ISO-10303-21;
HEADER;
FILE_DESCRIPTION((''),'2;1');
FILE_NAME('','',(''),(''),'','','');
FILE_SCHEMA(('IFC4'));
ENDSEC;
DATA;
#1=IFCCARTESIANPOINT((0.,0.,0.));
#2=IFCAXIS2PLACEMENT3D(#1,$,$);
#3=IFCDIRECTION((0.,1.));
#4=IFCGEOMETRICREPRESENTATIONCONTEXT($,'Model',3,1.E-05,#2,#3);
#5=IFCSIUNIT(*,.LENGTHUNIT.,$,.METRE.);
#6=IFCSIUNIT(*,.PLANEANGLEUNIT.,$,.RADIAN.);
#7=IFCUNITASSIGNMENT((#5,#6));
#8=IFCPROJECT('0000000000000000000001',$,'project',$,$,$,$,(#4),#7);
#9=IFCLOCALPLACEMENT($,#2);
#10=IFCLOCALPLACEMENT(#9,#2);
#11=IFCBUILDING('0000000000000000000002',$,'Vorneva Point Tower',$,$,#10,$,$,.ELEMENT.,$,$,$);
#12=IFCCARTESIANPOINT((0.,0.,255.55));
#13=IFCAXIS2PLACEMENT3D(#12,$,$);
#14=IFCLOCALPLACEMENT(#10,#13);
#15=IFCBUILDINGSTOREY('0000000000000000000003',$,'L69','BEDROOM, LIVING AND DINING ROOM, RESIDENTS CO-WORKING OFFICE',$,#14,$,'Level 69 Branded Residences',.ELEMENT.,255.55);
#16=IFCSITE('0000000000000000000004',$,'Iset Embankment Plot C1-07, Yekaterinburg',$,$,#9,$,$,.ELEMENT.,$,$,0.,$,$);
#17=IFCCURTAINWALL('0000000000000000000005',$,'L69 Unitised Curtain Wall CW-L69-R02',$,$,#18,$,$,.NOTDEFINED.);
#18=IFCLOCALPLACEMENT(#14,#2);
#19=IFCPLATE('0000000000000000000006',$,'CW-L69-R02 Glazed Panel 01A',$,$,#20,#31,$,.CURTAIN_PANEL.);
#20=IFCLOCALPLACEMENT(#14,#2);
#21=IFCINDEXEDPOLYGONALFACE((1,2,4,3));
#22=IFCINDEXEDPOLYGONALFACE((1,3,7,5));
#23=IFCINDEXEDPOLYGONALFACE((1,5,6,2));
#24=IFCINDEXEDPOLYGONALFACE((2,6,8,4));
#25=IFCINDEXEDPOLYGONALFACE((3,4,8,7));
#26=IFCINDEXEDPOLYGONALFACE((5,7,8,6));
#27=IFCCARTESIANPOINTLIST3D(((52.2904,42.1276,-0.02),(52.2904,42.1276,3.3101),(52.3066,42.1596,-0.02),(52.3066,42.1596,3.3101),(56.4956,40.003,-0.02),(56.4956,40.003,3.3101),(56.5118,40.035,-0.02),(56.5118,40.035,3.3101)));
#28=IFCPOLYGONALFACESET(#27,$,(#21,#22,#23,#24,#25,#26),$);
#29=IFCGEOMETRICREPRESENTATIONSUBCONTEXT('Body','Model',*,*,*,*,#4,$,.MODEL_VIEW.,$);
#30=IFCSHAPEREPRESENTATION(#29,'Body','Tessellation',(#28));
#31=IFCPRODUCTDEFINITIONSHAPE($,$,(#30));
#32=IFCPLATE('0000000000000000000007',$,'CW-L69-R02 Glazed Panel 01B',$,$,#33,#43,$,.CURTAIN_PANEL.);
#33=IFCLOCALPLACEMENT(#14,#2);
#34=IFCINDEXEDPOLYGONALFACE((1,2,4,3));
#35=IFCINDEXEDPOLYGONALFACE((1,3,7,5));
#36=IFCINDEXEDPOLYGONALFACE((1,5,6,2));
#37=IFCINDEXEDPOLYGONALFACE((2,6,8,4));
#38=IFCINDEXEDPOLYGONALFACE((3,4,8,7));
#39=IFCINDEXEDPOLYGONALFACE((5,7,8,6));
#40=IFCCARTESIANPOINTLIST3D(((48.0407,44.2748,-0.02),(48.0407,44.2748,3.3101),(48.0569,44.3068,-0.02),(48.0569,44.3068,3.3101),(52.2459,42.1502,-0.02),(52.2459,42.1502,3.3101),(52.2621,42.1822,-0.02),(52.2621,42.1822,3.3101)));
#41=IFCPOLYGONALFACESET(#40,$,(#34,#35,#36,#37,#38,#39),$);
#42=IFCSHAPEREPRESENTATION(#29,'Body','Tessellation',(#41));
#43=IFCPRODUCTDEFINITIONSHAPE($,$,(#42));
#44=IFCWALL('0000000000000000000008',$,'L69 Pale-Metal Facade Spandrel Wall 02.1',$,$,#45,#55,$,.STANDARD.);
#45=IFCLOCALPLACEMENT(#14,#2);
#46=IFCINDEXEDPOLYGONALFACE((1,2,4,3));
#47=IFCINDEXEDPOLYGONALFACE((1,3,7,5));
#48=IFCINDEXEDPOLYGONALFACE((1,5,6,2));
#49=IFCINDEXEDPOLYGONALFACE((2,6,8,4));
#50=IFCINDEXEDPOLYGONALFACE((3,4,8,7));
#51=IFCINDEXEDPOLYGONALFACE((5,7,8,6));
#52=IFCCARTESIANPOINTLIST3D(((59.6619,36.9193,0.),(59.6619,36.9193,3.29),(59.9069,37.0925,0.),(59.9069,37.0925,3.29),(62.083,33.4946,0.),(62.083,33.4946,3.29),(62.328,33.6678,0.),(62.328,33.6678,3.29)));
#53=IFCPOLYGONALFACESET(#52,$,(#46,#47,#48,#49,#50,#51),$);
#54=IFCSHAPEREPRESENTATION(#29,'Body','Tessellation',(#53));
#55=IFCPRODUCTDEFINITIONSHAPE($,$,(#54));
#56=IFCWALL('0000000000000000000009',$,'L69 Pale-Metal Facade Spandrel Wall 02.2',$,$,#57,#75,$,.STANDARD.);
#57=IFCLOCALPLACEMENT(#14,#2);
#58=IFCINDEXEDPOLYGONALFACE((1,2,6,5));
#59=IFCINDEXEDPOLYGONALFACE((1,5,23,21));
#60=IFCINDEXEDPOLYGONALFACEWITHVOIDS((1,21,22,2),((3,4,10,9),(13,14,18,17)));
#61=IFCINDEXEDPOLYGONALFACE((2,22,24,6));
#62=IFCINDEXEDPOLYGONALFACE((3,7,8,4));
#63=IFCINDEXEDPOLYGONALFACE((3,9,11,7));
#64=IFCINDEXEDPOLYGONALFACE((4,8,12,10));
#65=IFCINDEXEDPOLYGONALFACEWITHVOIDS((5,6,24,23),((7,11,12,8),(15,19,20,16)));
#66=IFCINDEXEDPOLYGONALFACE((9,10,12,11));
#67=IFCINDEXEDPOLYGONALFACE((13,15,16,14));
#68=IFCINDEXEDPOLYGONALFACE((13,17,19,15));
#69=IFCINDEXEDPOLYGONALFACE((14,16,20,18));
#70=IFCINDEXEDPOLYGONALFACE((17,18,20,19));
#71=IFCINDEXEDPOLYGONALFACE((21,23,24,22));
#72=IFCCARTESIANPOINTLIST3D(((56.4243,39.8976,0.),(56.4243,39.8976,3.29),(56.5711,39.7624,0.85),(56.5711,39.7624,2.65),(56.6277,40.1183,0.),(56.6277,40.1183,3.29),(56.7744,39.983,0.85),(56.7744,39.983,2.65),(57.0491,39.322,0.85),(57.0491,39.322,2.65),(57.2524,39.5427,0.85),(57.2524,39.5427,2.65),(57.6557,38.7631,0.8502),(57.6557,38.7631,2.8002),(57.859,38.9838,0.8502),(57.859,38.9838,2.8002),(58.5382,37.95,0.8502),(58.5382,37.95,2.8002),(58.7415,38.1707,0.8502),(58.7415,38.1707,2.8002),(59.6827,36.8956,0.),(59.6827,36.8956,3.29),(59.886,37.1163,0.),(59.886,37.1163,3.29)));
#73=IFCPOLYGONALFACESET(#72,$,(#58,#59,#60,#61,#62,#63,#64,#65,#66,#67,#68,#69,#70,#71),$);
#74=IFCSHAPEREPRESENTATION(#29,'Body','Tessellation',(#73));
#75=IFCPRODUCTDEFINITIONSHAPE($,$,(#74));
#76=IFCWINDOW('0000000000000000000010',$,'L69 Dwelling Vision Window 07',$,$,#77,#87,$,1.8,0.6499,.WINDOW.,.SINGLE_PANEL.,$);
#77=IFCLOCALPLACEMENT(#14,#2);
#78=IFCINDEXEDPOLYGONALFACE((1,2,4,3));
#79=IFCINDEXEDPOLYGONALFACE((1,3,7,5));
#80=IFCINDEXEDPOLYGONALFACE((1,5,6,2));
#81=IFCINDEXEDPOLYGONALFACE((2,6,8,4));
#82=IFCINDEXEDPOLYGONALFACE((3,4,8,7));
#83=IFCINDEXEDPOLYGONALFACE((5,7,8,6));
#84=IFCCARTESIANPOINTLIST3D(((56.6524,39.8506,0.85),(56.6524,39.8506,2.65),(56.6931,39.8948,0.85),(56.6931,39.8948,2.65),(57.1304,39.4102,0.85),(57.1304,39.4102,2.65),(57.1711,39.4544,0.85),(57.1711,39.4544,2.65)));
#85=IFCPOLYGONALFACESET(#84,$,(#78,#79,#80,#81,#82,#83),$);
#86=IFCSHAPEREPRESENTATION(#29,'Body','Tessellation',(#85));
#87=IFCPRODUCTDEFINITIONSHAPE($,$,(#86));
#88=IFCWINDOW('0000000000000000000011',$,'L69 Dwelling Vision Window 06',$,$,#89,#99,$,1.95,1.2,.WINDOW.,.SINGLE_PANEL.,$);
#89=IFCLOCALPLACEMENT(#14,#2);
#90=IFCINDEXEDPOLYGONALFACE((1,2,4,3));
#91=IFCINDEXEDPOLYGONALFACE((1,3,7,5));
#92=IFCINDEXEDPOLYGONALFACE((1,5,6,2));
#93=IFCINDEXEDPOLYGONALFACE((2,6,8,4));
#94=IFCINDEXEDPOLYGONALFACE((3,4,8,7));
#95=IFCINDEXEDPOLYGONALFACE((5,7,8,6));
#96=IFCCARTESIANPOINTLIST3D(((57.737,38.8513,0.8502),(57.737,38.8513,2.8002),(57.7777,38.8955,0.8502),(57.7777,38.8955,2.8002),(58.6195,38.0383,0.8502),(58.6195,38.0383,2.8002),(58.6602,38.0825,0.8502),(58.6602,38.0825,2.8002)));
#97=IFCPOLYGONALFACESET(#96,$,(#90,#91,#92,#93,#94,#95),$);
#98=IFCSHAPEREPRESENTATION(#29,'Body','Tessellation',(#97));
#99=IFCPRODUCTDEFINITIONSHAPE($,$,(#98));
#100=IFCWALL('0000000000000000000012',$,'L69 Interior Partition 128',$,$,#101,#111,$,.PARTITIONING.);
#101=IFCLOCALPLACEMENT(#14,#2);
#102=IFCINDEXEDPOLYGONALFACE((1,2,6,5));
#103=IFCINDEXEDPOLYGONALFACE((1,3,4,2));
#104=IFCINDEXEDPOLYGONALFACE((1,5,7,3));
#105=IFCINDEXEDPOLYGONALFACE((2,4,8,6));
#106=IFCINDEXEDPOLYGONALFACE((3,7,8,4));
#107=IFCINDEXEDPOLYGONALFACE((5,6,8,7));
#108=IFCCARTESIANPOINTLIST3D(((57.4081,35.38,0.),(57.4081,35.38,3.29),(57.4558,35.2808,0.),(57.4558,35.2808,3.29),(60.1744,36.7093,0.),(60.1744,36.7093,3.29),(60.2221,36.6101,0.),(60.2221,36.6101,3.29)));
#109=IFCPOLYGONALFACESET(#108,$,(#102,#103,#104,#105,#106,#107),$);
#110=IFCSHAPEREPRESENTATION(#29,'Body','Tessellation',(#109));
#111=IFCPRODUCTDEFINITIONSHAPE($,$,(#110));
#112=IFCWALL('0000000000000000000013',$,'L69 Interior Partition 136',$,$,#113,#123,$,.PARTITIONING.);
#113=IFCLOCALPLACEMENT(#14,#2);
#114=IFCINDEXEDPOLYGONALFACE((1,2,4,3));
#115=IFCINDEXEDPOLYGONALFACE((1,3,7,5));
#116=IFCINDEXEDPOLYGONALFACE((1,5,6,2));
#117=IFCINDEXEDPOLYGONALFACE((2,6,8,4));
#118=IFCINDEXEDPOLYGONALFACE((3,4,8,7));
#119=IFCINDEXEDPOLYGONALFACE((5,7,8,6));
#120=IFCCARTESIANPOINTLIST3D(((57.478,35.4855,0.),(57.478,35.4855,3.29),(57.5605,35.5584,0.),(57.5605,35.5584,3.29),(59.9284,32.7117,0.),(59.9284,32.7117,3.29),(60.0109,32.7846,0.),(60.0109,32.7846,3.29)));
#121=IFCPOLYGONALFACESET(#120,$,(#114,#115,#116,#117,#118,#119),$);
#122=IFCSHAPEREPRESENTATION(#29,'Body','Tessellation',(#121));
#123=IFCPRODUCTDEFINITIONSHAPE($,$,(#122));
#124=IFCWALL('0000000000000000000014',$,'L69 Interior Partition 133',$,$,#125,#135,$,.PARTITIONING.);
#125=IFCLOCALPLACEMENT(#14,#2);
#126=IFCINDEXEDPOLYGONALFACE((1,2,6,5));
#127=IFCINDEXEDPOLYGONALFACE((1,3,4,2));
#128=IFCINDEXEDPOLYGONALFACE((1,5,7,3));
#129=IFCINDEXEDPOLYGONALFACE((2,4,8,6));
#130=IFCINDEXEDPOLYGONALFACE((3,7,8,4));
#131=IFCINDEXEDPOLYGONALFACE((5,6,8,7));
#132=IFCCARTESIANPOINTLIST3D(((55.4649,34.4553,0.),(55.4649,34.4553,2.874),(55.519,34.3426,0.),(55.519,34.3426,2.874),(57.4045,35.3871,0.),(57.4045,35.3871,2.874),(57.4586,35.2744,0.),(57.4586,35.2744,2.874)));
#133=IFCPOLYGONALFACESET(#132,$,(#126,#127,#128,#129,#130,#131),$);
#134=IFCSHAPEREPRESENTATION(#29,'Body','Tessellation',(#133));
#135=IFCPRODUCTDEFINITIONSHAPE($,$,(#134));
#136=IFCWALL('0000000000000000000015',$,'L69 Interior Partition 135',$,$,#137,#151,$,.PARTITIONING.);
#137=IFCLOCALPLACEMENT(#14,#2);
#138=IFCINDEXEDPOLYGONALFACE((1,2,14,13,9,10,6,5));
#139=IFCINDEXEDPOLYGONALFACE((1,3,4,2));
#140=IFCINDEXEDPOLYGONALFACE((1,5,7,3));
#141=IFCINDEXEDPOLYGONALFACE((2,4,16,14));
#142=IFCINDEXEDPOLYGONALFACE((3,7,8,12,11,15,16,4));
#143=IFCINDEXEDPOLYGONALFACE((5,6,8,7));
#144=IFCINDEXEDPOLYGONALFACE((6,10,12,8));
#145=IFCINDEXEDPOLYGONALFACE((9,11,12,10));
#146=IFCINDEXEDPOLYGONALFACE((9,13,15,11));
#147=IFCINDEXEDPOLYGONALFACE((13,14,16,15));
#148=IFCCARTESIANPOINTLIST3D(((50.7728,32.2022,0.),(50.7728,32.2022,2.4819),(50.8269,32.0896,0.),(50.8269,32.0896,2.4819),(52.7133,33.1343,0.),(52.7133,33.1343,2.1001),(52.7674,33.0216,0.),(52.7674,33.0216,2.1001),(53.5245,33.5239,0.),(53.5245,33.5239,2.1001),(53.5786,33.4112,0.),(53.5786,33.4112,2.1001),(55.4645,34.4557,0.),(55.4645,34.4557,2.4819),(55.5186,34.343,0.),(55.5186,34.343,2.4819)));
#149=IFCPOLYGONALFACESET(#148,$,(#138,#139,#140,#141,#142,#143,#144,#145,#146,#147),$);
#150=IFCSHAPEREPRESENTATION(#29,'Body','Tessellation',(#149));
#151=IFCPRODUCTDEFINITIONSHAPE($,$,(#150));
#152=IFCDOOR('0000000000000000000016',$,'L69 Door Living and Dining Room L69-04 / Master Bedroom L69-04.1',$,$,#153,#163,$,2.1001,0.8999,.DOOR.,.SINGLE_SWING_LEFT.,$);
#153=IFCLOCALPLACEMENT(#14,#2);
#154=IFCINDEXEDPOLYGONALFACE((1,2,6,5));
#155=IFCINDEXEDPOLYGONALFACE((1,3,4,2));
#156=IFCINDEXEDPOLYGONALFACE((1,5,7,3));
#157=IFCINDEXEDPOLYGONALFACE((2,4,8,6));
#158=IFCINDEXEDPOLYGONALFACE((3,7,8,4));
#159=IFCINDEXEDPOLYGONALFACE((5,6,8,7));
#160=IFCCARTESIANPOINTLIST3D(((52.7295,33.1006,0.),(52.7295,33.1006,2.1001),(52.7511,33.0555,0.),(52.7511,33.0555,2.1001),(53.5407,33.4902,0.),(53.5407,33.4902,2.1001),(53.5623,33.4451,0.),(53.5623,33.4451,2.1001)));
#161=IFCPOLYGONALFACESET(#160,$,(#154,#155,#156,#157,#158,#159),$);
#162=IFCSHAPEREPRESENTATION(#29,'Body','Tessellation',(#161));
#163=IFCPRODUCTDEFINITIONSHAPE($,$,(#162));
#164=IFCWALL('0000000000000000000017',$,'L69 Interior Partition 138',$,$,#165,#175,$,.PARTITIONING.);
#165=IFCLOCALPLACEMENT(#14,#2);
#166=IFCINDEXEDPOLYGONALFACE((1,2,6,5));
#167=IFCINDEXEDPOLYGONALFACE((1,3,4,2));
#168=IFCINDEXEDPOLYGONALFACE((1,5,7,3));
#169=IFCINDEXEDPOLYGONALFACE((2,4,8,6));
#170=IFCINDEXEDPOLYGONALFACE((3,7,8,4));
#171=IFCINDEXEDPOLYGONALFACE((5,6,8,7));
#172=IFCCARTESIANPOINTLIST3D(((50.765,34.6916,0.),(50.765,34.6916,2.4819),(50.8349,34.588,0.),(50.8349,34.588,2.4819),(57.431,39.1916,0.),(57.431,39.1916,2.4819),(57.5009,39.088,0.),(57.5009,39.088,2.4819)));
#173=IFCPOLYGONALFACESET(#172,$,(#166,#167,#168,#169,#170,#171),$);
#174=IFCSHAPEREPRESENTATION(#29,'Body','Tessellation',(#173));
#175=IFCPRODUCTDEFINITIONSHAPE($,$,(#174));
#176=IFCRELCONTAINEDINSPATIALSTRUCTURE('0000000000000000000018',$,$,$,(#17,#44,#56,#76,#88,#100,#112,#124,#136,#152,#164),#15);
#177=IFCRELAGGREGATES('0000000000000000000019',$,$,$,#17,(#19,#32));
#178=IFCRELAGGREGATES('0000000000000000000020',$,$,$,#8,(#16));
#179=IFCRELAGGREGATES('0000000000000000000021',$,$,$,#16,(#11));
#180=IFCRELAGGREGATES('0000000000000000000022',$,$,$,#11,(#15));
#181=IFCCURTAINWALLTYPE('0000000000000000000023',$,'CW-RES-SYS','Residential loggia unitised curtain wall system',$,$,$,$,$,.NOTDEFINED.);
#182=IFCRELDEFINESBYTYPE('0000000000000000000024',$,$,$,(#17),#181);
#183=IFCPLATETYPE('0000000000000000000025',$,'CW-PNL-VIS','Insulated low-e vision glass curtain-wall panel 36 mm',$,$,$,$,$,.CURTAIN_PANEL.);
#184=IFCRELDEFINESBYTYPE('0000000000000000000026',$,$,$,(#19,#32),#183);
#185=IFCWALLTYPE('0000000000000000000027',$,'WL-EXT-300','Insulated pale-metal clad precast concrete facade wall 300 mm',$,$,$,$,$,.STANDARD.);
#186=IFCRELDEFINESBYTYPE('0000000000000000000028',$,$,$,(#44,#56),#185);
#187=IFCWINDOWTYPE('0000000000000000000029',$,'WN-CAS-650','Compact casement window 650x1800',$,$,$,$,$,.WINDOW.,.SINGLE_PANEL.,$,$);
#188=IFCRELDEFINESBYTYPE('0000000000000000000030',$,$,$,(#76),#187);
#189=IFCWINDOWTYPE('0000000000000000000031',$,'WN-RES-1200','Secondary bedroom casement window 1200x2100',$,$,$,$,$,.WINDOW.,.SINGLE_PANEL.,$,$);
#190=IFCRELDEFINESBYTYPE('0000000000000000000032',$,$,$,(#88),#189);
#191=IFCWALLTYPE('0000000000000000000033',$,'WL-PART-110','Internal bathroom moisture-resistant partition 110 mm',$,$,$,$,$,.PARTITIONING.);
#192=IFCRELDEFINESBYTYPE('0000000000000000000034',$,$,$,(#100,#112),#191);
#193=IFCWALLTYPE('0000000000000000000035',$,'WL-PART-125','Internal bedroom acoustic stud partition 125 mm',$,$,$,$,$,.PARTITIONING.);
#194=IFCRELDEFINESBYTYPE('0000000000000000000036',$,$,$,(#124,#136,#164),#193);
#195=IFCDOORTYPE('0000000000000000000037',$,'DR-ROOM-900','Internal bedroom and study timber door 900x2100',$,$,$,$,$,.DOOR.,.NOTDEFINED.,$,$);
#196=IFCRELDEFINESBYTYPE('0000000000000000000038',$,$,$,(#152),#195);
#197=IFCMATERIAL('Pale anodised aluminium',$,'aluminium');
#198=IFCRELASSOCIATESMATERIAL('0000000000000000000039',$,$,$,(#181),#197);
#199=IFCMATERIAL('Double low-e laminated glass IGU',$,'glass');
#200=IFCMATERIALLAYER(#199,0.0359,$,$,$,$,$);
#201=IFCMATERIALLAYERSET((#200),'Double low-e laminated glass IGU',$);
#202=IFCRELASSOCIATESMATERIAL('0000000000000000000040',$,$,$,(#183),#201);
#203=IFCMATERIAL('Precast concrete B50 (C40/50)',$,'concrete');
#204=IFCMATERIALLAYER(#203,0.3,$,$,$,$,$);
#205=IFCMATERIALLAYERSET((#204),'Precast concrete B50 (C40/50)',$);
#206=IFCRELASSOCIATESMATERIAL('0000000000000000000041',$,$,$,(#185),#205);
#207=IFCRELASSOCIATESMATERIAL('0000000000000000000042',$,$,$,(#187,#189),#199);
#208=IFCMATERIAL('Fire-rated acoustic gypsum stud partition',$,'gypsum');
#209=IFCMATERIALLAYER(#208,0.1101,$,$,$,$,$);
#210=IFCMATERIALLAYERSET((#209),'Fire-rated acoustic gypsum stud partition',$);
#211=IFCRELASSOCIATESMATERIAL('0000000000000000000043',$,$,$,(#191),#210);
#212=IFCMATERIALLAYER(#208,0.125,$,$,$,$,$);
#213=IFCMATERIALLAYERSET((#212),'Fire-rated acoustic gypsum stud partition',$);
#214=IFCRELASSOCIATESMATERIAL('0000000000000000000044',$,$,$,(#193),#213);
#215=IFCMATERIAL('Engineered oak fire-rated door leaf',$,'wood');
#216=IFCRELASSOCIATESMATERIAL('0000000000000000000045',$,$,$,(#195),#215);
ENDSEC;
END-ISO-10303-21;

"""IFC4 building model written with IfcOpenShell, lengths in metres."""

from ifc_helpers import new_model, si_unit, direction, frame, frame_2d, origin, origin_2d, place, context, subcontext, project, spatial, rectangle, extrude, material, layer, layer_set, type_object, element, fill, aggregate, save


model = new_model("IFC4")

# Units and contexts
model_context = context("Model", 3, precision=1e-05, world=origin(), true_north=direction((0.0, 1.0)))
body_context = subcontext(model_context, "Body", "Model", "MODEL_VIEW")
ifc_project = project(units=[si_unit("LENGTHUNIT", "METRE"), si_unit("PLANEANGLEUNIT", "RADIAN")], contexts=[model_context])

# Site, building, storey
site_placement = place(None, origin())
site = spatial("IfcSite", under=ifc_project, at=site_placement, Name="Iset Embankment Plot C1-07, Yekaterinburg", CompositionType="ELEMENT", RefElevation=0.0)
building_placement = place(site_placement, origin())
building = spatial("IfcBuilding", under=site, at=building_placement, Name="Vorneva Point Tower", CompositionType="ELEMENT")
storey_placement = place(building_placement, frame((0.0, 0.0, 255.55)))
storey = spatial("IfcBuildingStorey", under=building, at=storey_placement, Name="L69", Description="BEDROOM, LIVING AND DINING ROOM, RESIDENTS CO-WORKING OFFICE", LongName="Level 69 Branded Residences", CompositionType="ELEMENT", Elevation=255.55)

# Shared definitions
ifc_material_1 = material(Name="Pale anodised aluminium", Category="aluminium")
curtain_wall_type = type_object("IfcCurtainWallType", Name="CW-RES-SYS", Description="Residential loggia unitised curtain wall system", PredefinedType="NOTDEFINED", material=ifc_material_1)

# Curtain wall, plates
curtain_wall_1_placement = place(storey_placement, origin())
curtain_wall_1 = element("IfcCurtainWall", 1, at=curtain_wall_1_placement, inside=storey, type_object=curtain_wall_type, Name="L69 Unitised Curtain Wall CW-L69-R02", PredefinedType="NOTDEFINED")
ifc_material_2 = material(Name="Double low-e laminated glass IGU", Category="glass")
ifc_layer_1 = layer(ifc_material_2, 0.0359)
ifc_layer_set_1 = layer_set([ifc_layer_1], Name="Double low-e laminated glass IGU")
plate_type = type_object("IfcPlateType", Name="CW-PNL-VIS", Description="Insulated low-e vision glass curtain-wall panel 36 mm", PredefinedType="CURTAIN_PANEL", material=ifc_layer_set_1)
plate_1_placement = place(storey_placement, frame((54.4011, 41.0813, -0.02), z_axis=(0.0, 0.0, 1.0), x_axis=(-0.892554, 0.45094, 0.0)))
plate_1 = element("IfcPlate", 2, at=plate_1_placement, type_object=plate_type, Name="CW-L69-R02 Glazed Panel 01A", PredefinedType="CURTAIN_PANEL", context=body_context, shape_type="SweptSolid", body=[
    extrude(rectangle(XDim=4.7114, YDim=0.0359, at=origin_2d()), origin(), (0.0, 0.0, 1.0), 3.3301),
])
plate_2_placement = place(storey_placement, frame((50.1514, 43.2285, -0.02), z_axis=(0.0, 0.0, 1.0), x_axis=(-0.892554, 0.45094, 0.0)))
plate_2 = element("IfcPlate", 3, at=plate_2_placement, type_object=plate_type, Name="CW-L69-R02 Glazed Panel 01B", PredefinedType="CURTAIN_PANEL", context=body_context, shape_type="SweptSolid", body=[
    extrude(rectangle(XDim=4.7114, YDim=0.0359, at=origin_2d()), origin(), (0.0, 0.0, 1.0), 3.3301),
])
aggregate(curtain_wall_1, [plate_1, plate_2])

# Wall
ifc_material_3 = material(Name="Precast concrete B50 (C40/50)", Category="concrete")
ifc_layer_2 = layer(ifc_material_3, 0.3)
ifc_layer_set_2 = layer_set([ifc_layer_2], Name="Precast concrete B50 (C40/50)")
wall_type_1 = type_object("IfcWallType", Name="WL-EXT-300", Description="Insulated pale-metal clad precast concrete facade wall 300 mm", PredefinedType="STANDARD", material=ifc_layer_set_2)
wall_1_placement = place(storey_placement, frame((62.2056, 33.5811, 0.0), z_axis=(0.0, 0.0, 1.0), x_axis=(-0.577261, 0.81656, 0.0)))
element("IfcWall", 4, at=wall_1_placement, inside=storey, type_object=wall_type_1, Name="L69 Pale-Metal Facade Spandrel Wall 02.1", PredefinedType="STANDARD", context=body_context, shape_type="SweptSolid", body=[
    extrude(rectangle(XDim=4.1941, YDim=0.3, at=frame_2d((2.0972, 0.0))), origin(), (0.0, 0.0, 1.0), 3.29),
])

# Wall, openings, windows
wall_2_placement = place(storey_placement, frame((59.7844, 37.0059, 0.0), z_axis=(0.0, 0.0, 1.0), x_axis=(-0.735445, 0.677584, 0.0)))
wall_2 = element("IfcWall", 5, at=wall_2_placement, inside=storey, type_object=wall_type_1, Name="L69 Pale-Metal Facade Spandrel Wall 02.2", PredefinedType="STANDARD", context=body_context, shape_type="SweptSolid", body=[
    extrude(rectangle(XDim=4.4304, YDim=0.3, at=frame_2d((2.2153, 0.0))), origin(), (0.0, 0.0, 1.0), 3.29),
])
opening_1_placement = place(wall_2_placement, frame((1.5562, 0.0, 0.8501)))
opening_1 = element("IfcOpeningElement", 6, at=opening_1_placement, cuts=wall_2, PredefinedType="OPENING", context=body_context, shape_type="SweptSolid", body=[
    extrude(rectangle(XDim=1.2, YDim=1.95, at=frame_2d((0.6001, 0.9751))), frame((0.0, 0.165, 0.0), z_axis=(0.0, -1.0, 0.0), x_axis=(1.0, 0.0, 0.0)), (0.0, 0.0, 1.0), 0.3298),
])
opening_2_placement = place(wall_2_placement, frame((3.5811, 0.0, 0.8501)))
opening_2 = element("IfcOpeningElement", 7, at=opening_2_placement, cuts=wall_2, PredefinedType="OPENING", context=body_context, shape_type="SweptSolid", body=[
    extrude(rectangle(XDim=0.6499, YDim=1.8, at=frame_2d((0.325, 0.8999))), frame((0.0, 0.165, 0.0), z_axis=(0.0, -1.0, 0.0), x_axis=(1.0, 0.0, 0.0)), (0.0, 0.0, 1.0), 0.3298),
])
window_type_1 = type_object("IfcWindowType", Name="WN-CAS-650", Description="Compact casement window 650x1800", PartitioningType="SINGLE_PANEL", PredefinedType="WINDOW", material=ifc_material_2)
window_1_placement = place(opening_2_placement, origin())
window_1 = element("IfcWindow", 8, at=window_1_placement, inside=storey, type_object=window_type_1, Name="L69 Dwelling Vision Window 07", OverallHeight=1.8, OverallWidth=0.6499, PartitioningType="SINGLE_PANEL", PredefinedType="WINDOW", context=body_context, shape_type="SweptSolid", body=[
    extrude(rectangle(XDim=0.6499, YDim=1.8, at=frame_2d((0.325, 0.8999))), frame((0.0, 0.03, 0.0), z_axis=(0.0, -1.0, 0.0), x_axis=(1.0, 0.0, 0.0)), (0.0, 0.0, 1.0), 0.0601),
])
fill(opening_2, window_1)
window_type_2 = type_object("IfcWindowType", Name="WN-RES-1200", Description="Secondary bedroom casement window 1200x2100", PartitioningType="SINGLE_PANEL", PredefinedType="WINDOW", material=ifc_material_2)
window_2_placement = place(opening_1_placement, origin())
window_2 = element("IfcWindow", 9, at=window_2_placement, inside=storey, type_object=window_type_2, Name="L69 Dwelling Vision Window 06", OverallHeight=1.95, OverallWidth=1.2, PartitioningType="SINGLE_PANEL", PredefinedType="WINDOW", context=body_context, shape_type="SweptSolid", body=[
    extrude(rectangle(XDim=1.2, YDim=1.95, at=frame_2d((0.6001, 0.9751))), frame((0.0, 0.03, 0.0), z_axis=(0.0, -1.0, 0.0), x_axis=(1.0, 0.0, 0.0)), (0.0, 0.0, 1.0), 0.0601),
])
fill(opening_1, window_2)

# Walls
ifc_material_4 = material(Name="Fire-rated acoustic gypsum stud partition", Category="gypsum")
ifc_layer_3 = layer(ifc_material_4, 0.1101)
ifc_layer_set_3 = layer_set([ifc_layer_3], Name="Fire-rated acoustic gypsum stud partition")
wall_type_2 = type_object("IfcWallType", Name="WL-PART-110", Description="Internal bathroom moisture-resistant partition 110 mm", PredefinedType="PARTITIONING", material=ifc_layer_set_3)
wall_3_placement = place(storey_placement, frame((57.4319, 35.3303, 0.0), z_axis=(0.0, 0.0, 1.0), x_axis=(0.901333, 0.433127, 0.0)))
element("IfcWall", 10, at=wall_3_placement, inside=storey, type_object=wall_type_2, Name="L69 Interior Partition 128", PredefinedType="PARTITIONING", context=body_context, shape_type="SweptSolid", body=[
    extrude(rectangle(XDim=3.0691, YDim=0.1101, at=frame_2d((1.5347, 0.0))), origin(), (0.0, 0.0, 1.0), 3.29),
])
wall_4_placement = place(storey_placement, frame((57.5193, 35.522, 0.0), z_axis=(0.0, 0.0, 1.0), x_axis=(0.662056, -0.749455, 0.0)))
element("IfcWall", 11, at=wall_4_placement, inside=storey, type_object=wall_type_2, Name="L69 Interior Partition 136", PredefinedType="PARTITIONING", context=body_context, shape_type="SweptSolid", body=[
    extrude(rectangle(XDim=3.7012, YDim=0.1101, at=frame_2d((1.8506, 0.0))), origin(), (0.0, 0.0, 1.0), 3.29),
])
ifc_layer_4 = layer(ifc_material_4, 0.125)
ifc_layer_set_4 = layer_set([ifc_layer_4], Name="Fire-rated acoustic gypsum stud partition")
wall_type_3 = type_object("IfcWallType", Name="WL-PART-125", Description="Internal bedroom acoustic stud partition 125 mm", PredefinedType="PARTITIONING", material=ifc_layer_set_4)
wall_5_placement = place(storey_placement, frame((55.4919, 34.3989, 0.0), z_axis=(0.0, 0.0, 1.0), x_axis=(0.901373, 0.433045, 0.0)))
element("IfcWall", 12, at=wall_5_placement, inside=storey, type_object=wall_type_3, Name="L69 Interior Partition 133", PredefinedType="PARTITIONING", context=body_context, shape_type="SweptSolid", body=[
    extrude(rectangle(XDim=2.1519, YDim=0.125, at=frame_2d((1.0759, 0.0))), origin(), (0.0, 0.0, 1.0), 2.874),
])

# Wall, opening, door
wall_6_placement = place(storey_placement, frame((55.4917, 34.3994, 0.0), z_axis=(0.0, 0.0, 1.0), x_axis=(-0.901416, -0.432954, 0.0)))
wall_6 = element("IfcWall", 13, at=wall_6_placement, inside=storey, type_object=wall_type_3, Name="L69 Interior Partition 135", PredefinedType="PARTITIONING", context=body_context, shape_type="SweptSolid", body=[
    extrude(rectangle(XDim=5.2048, YDim=0.125, at=frame_2d((2.6025, 0.0))), origin(), (0.0, 0.0, 1.0), 2.4819),
])
opening_3_placement = place(wall_6_placement, frame((2.1523, 0.0, 0.0)))
opening_3 = element("IfcOpeningElement", 14, at=opening_3_placement, cuts=wall_6, PredefinedType="OPENING", context=body_context, shape_type="SweptSolid", body=[
    extrude(rectangle(XDim=0.8999, YDim=2.1001, at=frame_2d((0.45, 1.05))), frame((0.0, 0.0774, 0.0), z_axis=(0.0, -1.0, 0.0), x_axis=(1.0, 0.0, 0.0)), (0.0, 0.0, 1.0), 0.1548),
])
ifc_material_5 = material(Name="Engineered oak fire-rated door leaf", Category="wood")
door_type_1 = type_object("IfcDoorType", Name="DR-ROOM-900", Description="Internal bedroom and study timber door 900x2100", OperationType="NOTDEFINED", PredefinedType="DOOR", material=ifc_material_5)
door_1_placement = place(opening_3_placement, origin())
door_1 = element("IfcDoor", 15, at=door_1_placement, inside=storey, type_object=door_type_1, Name="L69 Door Living and Dining Room L69-04 / Master Bedroom L69-04.1", OperationType="SINGLE_SWING_LEFT", OverallHeight=2.1001, OverallWidth=0.8999, PredefinedType="DOOR", context=body_context, shape_type="SweptSolid", body=[
    extrude(rectangle(XDim=0.8999, YDim=2.1001, at=frame_2d((0.45, 1.05))), frame((0.0, 0.0249, 0.0), z_axis=(0.0, -1.0, 0.0), x_axis=(1.0, 0.0, 0.0)), (0.0, 0.0, 1.0), 0.05),
])
fill(opening_3, door_1)

# Wall
wall_7_placement = place(storey_placement, frame((57.4661, 39.1399, 0.0), z_axis=(0.0, 0.0, 1.0), x_axis=(-0.828823, -0.55951, 0.0)))
element("IfcWall", 16, at=wall_7_placement, inside=storey, type_object=wall_type_3, Name="L69 Interior Partition 138", PredefinedType="PARTITIONING", context=body_context, shape_type="SweptSolid", body=[
    extrude(rectangle(XDim=8.0427, YDim=0.125, at=frame_2d((4.0215, 0.0))), origin(), (0.0, 0.0, 1.0), 2.4819),
])

save(model, "model.ifc")
